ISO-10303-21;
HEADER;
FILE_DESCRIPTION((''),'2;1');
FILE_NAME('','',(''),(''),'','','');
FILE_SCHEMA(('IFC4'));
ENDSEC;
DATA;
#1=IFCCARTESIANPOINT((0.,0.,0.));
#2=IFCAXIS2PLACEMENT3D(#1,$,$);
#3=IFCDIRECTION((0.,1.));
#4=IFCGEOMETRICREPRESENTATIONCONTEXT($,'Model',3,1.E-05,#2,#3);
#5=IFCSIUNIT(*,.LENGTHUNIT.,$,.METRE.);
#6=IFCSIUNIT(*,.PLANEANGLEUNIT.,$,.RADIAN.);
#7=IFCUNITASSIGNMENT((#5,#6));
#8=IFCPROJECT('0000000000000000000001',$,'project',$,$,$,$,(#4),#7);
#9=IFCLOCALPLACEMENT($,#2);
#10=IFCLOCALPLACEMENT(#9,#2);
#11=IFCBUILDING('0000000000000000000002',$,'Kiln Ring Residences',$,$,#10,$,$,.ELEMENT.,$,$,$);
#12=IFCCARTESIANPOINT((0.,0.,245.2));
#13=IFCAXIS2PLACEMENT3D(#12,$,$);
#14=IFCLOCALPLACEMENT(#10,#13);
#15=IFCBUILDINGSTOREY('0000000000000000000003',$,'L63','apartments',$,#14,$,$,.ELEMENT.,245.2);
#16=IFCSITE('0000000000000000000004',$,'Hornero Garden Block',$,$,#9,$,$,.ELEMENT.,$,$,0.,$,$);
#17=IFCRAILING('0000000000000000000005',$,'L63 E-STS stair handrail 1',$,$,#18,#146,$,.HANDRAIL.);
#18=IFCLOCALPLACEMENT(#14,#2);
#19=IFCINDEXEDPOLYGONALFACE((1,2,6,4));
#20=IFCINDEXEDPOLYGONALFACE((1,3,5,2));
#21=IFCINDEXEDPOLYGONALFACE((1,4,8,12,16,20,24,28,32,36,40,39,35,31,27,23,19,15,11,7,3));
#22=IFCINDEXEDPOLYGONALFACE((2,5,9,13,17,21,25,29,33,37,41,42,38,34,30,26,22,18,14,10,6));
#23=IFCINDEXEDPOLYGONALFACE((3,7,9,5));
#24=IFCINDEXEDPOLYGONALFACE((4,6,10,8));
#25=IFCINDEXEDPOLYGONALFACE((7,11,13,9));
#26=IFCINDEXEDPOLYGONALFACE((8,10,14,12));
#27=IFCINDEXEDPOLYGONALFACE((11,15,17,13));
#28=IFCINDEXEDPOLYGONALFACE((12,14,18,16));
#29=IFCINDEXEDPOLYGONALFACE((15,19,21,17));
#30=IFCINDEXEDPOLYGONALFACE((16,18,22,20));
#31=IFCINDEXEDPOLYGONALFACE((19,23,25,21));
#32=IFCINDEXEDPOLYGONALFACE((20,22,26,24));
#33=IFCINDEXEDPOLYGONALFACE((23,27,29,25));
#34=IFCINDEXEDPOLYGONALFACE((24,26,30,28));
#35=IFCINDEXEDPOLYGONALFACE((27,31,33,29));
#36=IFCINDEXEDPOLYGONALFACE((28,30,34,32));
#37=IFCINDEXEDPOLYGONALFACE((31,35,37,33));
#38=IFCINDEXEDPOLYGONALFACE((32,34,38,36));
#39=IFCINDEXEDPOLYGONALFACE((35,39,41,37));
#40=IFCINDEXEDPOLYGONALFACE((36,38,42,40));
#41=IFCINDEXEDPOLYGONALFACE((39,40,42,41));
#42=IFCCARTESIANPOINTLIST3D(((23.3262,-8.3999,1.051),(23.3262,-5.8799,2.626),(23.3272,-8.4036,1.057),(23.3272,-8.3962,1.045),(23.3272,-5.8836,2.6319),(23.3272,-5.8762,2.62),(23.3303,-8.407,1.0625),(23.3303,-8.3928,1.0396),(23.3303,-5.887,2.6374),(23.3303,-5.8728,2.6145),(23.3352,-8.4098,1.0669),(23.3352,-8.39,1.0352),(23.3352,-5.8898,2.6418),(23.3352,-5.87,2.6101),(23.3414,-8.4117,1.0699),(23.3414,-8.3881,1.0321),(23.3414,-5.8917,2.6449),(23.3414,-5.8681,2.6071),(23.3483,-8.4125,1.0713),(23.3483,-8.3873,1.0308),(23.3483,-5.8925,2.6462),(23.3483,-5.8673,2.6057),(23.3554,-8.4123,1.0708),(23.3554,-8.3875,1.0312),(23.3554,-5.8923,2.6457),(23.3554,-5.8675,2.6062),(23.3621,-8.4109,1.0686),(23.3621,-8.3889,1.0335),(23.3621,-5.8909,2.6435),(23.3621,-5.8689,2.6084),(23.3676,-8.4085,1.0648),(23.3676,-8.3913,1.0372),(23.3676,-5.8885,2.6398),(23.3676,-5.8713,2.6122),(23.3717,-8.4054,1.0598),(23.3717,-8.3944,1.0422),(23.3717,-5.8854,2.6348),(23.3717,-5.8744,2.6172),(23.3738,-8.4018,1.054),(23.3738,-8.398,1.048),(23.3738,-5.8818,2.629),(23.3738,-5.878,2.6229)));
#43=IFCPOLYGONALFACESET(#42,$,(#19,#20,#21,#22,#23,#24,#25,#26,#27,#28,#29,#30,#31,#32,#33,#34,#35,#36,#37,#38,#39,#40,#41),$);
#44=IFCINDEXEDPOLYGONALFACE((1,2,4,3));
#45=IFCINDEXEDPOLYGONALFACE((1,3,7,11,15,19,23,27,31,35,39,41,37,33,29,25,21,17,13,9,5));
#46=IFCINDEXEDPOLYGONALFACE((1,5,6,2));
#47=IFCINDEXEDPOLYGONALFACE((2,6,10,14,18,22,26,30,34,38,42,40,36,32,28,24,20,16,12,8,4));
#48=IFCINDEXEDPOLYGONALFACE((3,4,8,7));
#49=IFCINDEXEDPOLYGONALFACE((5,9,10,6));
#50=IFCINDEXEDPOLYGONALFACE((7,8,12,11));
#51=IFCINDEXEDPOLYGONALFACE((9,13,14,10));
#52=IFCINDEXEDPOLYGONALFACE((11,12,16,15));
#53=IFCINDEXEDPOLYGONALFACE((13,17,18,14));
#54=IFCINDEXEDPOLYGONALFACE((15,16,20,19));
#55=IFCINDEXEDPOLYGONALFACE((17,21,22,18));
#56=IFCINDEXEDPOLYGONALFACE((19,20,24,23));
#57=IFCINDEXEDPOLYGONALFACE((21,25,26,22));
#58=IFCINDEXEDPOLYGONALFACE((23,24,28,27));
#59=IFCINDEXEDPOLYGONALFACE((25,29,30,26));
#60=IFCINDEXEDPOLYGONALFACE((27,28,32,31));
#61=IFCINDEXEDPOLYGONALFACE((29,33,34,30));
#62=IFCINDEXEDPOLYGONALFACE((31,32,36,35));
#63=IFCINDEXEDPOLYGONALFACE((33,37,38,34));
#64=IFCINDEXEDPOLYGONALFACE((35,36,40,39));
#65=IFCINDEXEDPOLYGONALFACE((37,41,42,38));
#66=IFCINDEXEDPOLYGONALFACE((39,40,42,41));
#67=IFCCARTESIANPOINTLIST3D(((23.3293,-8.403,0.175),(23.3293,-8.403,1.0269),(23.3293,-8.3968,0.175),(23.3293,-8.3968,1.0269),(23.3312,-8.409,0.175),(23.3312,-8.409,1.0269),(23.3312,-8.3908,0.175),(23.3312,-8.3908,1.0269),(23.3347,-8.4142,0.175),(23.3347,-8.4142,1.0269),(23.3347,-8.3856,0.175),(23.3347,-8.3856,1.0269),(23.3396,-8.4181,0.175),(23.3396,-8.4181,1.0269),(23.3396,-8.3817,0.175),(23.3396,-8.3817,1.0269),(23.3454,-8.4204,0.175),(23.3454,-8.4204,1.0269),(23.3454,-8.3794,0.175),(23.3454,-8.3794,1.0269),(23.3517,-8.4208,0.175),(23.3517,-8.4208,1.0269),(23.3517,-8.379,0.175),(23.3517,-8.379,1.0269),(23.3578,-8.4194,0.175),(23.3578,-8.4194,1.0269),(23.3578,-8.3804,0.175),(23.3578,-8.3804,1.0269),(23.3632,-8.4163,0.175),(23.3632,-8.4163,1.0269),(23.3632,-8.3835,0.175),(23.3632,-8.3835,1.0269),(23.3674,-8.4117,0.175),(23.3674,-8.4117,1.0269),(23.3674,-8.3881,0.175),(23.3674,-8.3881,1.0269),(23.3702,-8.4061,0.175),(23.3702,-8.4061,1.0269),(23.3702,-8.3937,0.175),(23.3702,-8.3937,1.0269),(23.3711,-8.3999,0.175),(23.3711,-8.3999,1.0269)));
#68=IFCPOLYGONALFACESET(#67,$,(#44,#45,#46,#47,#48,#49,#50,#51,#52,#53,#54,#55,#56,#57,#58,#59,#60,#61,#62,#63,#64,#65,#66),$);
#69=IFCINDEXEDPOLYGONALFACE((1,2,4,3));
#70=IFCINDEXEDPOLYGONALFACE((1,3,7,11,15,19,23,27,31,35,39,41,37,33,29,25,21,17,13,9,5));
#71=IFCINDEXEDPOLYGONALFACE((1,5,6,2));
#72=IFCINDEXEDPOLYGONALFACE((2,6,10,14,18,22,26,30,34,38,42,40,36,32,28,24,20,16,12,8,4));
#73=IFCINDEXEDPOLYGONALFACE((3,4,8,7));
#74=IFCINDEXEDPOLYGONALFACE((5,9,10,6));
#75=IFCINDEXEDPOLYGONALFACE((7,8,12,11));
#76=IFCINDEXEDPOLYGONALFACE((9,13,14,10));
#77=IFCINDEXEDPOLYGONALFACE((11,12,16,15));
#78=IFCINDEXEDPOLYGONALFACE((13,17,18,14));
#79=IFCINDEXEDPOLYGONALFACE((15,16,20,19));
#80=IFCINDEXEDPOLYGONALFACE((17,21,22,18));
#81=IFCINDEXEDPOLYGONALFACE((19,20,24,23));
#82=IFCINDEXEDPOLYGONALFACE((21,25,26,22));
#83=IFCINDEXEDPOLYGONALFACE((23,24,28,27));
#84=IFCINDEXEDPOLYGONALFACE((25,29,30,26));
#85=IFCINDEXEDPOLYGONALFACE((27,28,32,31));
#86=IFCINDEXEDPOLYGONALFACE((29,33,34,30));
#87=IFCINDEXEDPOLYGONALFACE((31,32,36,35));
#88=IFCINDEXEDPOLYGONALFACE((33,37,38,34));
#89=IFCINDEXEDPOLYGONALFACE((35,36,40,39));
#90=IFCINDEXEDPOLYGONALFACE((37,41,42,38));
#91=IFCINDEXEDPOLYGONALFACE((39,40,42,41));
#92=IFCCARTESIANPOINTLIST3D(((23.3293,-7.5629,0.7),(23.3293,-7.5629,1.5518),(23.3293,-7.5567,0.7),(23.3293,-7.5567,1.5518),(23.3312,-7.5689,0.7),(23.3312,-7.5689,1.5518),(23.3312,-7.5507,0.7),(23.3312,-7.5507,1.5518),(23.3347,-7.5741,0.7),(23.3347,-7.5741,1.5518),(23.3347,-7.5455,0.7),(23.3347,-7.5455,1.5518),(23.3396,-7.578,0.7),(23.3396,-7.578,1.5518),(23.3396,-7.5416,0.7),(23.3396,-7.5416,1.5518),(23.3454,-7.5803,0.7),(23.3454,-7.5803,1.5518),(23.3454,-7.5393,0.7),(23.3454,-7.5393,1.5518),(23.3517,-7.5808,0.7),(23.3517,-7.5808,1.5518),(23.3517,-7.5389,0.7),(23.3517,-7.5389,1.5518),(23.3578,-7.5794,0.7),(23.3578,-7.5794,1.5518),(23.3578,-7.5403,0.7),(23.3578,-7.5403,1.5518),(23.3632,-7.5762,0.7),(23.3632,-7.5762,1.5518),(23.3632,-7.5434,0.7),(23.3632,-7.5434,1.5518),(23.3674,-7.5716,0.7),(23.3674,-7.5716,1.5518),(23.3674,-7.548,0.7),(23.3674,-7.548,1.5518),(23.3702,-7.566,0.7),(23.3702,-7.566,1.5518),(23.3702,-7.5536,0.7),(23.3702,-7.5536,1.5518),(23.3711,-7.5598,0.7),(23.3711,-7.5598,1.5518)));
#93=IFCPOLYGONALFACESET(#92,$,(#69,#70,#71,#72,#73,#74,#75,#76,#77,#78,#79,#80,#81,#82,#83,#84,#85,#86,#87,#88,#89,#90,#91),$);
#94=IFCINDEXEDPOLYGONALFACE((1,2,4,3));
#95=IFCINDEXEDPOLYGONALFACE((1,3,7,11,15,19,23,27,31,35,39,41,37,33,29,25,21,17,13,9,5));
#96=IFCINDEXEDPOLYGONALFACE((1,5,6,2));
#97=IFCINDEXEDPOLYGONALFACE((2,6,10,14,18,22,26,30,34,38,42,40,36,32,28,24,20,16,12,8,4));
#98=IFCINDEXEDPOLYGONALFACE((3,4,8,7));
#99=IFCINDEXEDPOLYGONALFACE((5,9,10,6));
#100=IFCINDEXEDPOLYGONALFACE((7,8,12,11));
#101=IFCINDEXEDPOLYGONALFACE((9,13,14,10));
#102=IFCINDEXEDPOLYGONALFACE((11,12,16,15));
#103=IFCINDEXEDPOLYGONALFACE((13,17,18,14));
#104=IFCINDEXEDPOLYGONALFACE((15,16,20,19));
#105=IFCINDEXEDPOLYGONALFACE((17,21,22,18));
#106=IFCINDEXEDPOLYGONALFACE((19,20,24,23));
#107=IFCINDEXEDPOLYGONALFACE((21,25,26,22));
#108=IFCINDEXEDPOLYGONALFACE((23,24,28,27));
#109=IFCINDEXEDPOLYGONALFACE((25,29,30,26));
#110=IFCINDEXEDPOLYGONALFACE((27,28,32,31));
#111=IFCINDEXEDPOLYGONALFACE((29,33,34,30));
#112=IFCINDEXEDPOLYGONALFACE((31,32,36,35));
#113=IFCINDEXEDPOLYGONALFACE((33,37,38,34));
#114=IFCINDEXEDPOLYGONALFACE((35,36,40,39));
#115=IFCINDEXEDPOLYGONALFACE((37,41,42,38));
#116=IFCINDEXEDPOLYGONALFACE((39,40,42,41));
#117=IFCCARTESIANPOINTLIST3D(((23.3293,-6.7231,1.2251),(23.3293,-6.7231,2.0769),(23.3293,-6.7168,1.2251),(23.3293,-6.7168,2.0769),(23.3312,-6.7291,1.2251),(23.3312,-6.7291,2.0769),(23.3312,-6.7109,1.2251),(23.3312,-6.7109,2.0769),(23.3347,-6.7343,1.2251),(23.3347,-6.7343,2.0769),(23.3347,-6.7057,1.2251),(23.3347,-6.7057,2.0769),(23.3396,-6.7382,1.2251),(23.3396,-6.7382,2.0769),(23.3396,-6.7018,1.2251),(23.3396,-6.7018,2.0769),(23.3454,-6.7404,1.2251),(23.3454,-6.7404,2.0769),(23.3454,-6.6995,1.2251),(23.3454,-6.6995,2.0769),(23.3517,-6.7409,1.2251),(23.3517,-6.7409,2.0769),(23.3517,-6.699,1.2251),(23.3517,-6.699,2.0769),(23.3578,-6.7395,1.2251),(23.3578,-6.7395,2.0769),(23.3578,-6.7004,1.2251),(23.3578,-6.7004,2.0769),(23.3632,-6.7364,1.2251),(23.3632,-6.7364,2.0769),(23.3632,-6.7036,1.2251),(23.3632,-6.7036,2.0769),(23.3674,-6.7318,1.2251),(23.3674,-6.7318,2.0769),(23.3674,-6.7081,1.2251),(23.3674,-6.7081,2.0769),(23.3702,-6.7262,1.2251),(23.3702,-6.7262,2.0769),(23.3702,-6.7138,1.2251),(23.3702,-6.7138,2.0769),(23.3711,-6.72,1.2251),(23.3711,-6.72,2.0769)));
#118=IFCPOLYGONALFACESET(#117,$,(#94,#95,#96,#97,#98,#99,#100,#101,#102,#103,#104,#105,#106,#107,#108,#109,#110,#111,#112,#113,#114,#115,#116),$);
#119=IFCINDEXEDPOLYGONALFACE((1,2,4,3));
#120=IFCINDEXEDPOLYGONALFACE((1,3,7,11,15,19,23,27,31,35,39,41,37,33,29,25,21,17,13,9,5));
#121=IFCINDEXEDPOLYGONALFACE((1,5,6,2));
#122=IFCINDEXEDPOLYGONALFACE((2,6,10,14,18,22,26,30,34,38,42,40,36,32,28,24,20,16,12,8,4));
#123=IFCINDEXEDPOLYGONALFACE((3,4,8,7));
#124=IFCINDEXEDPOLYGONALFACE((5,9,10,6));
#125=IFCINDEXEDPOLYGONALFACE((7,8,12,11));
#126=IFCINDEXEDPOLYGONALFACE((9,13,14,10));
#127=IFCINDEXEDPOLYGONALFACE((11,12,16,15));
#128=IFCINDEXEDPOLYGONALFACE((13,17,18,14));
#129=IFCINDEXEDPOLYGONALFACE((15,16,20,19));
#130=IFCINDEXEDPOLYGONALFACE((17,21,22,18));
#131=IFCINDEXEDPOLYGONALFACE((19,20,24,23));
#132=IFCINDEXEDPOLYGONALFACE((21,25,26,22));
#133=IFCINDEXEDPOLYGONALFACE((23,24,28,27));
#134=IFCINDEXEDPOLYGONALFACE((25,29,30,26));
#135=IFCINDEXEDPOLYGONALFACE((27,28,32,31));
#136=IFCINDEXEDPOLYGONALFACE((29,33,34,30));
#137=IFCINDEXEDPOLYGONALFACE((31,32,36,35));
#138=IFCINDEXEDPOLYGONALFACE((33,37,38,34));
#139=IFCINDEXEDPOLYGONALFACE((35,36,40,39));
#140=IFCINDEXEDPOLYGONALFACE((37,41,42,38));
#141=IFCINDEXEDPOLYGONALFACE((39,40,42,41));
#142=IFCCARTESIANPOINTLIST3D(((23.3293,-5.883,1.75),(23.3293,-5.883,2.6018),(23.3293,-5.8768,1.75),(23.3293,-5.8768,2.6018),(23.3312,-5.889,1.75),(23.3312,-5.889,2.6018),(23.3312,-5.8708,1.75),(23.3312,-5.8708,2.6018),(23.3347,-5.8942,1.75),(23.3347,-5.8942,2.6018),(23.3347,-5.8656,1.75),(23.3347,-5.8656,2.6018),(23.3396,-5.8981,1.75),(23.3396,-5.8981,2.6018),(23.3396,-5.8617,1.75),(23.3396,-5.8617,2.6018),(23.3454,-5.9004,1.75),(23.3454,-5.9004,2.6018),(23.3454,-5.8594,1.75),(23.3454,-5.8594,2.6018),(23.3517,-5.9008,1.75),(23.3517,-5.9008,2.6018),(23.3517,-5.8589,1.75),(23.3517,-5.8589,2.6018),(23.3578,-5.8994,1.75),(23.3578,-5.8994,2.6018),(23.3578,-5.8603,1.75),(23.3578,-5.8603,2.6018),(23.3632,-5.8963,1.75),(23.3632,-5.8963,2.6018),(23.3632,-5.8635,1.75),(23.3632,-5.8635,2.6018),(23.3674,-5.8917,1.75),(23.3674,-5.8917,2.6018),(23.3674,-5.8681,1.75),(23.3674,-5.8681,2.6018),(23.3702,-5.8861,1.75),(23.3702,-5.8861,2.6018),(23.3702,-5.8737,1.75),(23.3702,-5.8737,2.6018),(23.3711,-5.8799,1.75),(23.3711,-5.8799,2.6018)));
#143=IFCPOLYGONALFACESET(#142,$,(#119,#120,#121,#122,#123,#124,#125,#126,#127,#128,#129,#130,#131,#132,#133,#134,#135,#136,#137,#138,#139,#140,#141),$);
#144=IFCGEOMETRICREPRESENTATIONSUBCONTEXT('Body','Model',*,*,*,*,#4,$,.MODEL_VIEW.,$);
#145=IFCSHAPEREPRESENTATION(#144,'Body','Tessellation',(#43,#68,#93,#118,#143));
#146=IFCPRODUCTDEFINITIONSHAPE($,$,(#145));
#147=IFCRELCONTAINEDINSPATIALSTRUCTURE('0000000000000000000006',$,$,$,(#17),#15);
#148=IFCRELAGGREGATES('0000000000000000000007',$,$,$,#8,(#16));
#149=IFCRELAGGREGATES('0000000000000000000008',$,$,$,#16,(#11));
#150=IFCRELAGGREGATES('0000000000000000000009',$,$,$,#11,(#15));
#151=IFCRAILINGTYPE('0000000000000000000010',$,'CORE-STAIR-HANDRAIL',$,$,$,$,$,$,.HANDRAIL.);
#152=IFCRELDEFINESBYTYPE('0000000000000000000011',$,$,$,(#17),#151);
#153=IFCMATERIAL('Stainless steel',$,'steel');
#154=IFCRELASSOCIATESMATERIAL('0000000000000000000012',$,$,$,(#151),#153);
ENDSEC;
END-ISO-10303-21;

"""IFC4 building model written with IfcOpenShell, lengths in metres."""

from ifc_helpers import new_model, si_unit, direction, frame, origin, origin_2d, place, context, subcontext, project, spatial, circle, extrude, material, type_object, element, save


model = new_model("IFC4")

# Units and contexts
model_context = context("Model", 3, precision=1e-05, world=origin(), true_north=direction((0.0, 1.0)))
body_context = subcontext(model_context, "Body", "Model", "MODEL_VIEW")
ifc_project = project(units=[si_unit("LENGTHUNIT", "METRE"), si_unit("PLANEANGLEUNIT", "RADIAN")], contexts=[model_context])

# Site, building, storey
site_placement = place(None, origin())
site = spatial("IfcSite", under=ifc_project, at=site_placement, Name="Hornero Garden Block", CompositionType="ELEMENT", RefElevation=0.0)
building_placement = place(site_placement, origin())
building = spatial("IfcBuilding", under=site, at=building_placement, Name="Kiln Ring Residences", CompositionType="ELEMENT")
storey_placement = place(building_placement, frame((0.0, 0.0, 245.2)))
storey = spatial("IfcBuildingStorey", under=building, at=storey_placement, Name="L63", Description="apartments", CompositionType="ELEMENT", Elevation=245.2)

# Railing
ifc_material_1 = material(Name="Stainless steel", Category="steel")
railing_type_1 = type_object("IfcRailingType", Name="CORE-STAIR-HANDRAIL", PredefinedType="HANDRAIL", material=ifc_material_1)
railing_1_placement = place(storey_placement, frame((23.3501, -8.3999, 0.175)))
element("IfcRailing", 1, at=railing_1_placement, inside=storey, type_object=railing_type_1, Name="L63 E-STS stair handrail 1", PredefinedType="HANDRAIL", context=body_context, shape_type="SweptSolid", body=[
    extrude(circle(Radius=0.0239, at=origin_2d()), frame((0.0, 0.0, 0.876), z_axis=(0.0, 0.848008, 0.529984), x_axis=(-1.0, 0.0, 0.0)), (0.0, 0.0, 1.0), 2.9717),
    extrude(circle(Radius=0.021, at=origin_2d()), origin(), (0.0, 0.0, 1.0), 0.8518),
    extrude(circle(Radius=0.021, at=origin_2d()), frame((0.0, 0.8401, 0.5249)), (0.0, 0.0, 1.0), 0.8518),
    extrude(circle(Radius=0.021, at=origin_2d()), frame((0.0, 1.6799, 1.05)), (0.0, 0.0, 1.0), 0.8518),
    extrude(circle(Radius=0.021, at=origin_2d()), frame((0.0, 2.52, 1.575)), (0.0, 0.0, 1.0), 0.8518),
])

save(model, "model.ifc")
